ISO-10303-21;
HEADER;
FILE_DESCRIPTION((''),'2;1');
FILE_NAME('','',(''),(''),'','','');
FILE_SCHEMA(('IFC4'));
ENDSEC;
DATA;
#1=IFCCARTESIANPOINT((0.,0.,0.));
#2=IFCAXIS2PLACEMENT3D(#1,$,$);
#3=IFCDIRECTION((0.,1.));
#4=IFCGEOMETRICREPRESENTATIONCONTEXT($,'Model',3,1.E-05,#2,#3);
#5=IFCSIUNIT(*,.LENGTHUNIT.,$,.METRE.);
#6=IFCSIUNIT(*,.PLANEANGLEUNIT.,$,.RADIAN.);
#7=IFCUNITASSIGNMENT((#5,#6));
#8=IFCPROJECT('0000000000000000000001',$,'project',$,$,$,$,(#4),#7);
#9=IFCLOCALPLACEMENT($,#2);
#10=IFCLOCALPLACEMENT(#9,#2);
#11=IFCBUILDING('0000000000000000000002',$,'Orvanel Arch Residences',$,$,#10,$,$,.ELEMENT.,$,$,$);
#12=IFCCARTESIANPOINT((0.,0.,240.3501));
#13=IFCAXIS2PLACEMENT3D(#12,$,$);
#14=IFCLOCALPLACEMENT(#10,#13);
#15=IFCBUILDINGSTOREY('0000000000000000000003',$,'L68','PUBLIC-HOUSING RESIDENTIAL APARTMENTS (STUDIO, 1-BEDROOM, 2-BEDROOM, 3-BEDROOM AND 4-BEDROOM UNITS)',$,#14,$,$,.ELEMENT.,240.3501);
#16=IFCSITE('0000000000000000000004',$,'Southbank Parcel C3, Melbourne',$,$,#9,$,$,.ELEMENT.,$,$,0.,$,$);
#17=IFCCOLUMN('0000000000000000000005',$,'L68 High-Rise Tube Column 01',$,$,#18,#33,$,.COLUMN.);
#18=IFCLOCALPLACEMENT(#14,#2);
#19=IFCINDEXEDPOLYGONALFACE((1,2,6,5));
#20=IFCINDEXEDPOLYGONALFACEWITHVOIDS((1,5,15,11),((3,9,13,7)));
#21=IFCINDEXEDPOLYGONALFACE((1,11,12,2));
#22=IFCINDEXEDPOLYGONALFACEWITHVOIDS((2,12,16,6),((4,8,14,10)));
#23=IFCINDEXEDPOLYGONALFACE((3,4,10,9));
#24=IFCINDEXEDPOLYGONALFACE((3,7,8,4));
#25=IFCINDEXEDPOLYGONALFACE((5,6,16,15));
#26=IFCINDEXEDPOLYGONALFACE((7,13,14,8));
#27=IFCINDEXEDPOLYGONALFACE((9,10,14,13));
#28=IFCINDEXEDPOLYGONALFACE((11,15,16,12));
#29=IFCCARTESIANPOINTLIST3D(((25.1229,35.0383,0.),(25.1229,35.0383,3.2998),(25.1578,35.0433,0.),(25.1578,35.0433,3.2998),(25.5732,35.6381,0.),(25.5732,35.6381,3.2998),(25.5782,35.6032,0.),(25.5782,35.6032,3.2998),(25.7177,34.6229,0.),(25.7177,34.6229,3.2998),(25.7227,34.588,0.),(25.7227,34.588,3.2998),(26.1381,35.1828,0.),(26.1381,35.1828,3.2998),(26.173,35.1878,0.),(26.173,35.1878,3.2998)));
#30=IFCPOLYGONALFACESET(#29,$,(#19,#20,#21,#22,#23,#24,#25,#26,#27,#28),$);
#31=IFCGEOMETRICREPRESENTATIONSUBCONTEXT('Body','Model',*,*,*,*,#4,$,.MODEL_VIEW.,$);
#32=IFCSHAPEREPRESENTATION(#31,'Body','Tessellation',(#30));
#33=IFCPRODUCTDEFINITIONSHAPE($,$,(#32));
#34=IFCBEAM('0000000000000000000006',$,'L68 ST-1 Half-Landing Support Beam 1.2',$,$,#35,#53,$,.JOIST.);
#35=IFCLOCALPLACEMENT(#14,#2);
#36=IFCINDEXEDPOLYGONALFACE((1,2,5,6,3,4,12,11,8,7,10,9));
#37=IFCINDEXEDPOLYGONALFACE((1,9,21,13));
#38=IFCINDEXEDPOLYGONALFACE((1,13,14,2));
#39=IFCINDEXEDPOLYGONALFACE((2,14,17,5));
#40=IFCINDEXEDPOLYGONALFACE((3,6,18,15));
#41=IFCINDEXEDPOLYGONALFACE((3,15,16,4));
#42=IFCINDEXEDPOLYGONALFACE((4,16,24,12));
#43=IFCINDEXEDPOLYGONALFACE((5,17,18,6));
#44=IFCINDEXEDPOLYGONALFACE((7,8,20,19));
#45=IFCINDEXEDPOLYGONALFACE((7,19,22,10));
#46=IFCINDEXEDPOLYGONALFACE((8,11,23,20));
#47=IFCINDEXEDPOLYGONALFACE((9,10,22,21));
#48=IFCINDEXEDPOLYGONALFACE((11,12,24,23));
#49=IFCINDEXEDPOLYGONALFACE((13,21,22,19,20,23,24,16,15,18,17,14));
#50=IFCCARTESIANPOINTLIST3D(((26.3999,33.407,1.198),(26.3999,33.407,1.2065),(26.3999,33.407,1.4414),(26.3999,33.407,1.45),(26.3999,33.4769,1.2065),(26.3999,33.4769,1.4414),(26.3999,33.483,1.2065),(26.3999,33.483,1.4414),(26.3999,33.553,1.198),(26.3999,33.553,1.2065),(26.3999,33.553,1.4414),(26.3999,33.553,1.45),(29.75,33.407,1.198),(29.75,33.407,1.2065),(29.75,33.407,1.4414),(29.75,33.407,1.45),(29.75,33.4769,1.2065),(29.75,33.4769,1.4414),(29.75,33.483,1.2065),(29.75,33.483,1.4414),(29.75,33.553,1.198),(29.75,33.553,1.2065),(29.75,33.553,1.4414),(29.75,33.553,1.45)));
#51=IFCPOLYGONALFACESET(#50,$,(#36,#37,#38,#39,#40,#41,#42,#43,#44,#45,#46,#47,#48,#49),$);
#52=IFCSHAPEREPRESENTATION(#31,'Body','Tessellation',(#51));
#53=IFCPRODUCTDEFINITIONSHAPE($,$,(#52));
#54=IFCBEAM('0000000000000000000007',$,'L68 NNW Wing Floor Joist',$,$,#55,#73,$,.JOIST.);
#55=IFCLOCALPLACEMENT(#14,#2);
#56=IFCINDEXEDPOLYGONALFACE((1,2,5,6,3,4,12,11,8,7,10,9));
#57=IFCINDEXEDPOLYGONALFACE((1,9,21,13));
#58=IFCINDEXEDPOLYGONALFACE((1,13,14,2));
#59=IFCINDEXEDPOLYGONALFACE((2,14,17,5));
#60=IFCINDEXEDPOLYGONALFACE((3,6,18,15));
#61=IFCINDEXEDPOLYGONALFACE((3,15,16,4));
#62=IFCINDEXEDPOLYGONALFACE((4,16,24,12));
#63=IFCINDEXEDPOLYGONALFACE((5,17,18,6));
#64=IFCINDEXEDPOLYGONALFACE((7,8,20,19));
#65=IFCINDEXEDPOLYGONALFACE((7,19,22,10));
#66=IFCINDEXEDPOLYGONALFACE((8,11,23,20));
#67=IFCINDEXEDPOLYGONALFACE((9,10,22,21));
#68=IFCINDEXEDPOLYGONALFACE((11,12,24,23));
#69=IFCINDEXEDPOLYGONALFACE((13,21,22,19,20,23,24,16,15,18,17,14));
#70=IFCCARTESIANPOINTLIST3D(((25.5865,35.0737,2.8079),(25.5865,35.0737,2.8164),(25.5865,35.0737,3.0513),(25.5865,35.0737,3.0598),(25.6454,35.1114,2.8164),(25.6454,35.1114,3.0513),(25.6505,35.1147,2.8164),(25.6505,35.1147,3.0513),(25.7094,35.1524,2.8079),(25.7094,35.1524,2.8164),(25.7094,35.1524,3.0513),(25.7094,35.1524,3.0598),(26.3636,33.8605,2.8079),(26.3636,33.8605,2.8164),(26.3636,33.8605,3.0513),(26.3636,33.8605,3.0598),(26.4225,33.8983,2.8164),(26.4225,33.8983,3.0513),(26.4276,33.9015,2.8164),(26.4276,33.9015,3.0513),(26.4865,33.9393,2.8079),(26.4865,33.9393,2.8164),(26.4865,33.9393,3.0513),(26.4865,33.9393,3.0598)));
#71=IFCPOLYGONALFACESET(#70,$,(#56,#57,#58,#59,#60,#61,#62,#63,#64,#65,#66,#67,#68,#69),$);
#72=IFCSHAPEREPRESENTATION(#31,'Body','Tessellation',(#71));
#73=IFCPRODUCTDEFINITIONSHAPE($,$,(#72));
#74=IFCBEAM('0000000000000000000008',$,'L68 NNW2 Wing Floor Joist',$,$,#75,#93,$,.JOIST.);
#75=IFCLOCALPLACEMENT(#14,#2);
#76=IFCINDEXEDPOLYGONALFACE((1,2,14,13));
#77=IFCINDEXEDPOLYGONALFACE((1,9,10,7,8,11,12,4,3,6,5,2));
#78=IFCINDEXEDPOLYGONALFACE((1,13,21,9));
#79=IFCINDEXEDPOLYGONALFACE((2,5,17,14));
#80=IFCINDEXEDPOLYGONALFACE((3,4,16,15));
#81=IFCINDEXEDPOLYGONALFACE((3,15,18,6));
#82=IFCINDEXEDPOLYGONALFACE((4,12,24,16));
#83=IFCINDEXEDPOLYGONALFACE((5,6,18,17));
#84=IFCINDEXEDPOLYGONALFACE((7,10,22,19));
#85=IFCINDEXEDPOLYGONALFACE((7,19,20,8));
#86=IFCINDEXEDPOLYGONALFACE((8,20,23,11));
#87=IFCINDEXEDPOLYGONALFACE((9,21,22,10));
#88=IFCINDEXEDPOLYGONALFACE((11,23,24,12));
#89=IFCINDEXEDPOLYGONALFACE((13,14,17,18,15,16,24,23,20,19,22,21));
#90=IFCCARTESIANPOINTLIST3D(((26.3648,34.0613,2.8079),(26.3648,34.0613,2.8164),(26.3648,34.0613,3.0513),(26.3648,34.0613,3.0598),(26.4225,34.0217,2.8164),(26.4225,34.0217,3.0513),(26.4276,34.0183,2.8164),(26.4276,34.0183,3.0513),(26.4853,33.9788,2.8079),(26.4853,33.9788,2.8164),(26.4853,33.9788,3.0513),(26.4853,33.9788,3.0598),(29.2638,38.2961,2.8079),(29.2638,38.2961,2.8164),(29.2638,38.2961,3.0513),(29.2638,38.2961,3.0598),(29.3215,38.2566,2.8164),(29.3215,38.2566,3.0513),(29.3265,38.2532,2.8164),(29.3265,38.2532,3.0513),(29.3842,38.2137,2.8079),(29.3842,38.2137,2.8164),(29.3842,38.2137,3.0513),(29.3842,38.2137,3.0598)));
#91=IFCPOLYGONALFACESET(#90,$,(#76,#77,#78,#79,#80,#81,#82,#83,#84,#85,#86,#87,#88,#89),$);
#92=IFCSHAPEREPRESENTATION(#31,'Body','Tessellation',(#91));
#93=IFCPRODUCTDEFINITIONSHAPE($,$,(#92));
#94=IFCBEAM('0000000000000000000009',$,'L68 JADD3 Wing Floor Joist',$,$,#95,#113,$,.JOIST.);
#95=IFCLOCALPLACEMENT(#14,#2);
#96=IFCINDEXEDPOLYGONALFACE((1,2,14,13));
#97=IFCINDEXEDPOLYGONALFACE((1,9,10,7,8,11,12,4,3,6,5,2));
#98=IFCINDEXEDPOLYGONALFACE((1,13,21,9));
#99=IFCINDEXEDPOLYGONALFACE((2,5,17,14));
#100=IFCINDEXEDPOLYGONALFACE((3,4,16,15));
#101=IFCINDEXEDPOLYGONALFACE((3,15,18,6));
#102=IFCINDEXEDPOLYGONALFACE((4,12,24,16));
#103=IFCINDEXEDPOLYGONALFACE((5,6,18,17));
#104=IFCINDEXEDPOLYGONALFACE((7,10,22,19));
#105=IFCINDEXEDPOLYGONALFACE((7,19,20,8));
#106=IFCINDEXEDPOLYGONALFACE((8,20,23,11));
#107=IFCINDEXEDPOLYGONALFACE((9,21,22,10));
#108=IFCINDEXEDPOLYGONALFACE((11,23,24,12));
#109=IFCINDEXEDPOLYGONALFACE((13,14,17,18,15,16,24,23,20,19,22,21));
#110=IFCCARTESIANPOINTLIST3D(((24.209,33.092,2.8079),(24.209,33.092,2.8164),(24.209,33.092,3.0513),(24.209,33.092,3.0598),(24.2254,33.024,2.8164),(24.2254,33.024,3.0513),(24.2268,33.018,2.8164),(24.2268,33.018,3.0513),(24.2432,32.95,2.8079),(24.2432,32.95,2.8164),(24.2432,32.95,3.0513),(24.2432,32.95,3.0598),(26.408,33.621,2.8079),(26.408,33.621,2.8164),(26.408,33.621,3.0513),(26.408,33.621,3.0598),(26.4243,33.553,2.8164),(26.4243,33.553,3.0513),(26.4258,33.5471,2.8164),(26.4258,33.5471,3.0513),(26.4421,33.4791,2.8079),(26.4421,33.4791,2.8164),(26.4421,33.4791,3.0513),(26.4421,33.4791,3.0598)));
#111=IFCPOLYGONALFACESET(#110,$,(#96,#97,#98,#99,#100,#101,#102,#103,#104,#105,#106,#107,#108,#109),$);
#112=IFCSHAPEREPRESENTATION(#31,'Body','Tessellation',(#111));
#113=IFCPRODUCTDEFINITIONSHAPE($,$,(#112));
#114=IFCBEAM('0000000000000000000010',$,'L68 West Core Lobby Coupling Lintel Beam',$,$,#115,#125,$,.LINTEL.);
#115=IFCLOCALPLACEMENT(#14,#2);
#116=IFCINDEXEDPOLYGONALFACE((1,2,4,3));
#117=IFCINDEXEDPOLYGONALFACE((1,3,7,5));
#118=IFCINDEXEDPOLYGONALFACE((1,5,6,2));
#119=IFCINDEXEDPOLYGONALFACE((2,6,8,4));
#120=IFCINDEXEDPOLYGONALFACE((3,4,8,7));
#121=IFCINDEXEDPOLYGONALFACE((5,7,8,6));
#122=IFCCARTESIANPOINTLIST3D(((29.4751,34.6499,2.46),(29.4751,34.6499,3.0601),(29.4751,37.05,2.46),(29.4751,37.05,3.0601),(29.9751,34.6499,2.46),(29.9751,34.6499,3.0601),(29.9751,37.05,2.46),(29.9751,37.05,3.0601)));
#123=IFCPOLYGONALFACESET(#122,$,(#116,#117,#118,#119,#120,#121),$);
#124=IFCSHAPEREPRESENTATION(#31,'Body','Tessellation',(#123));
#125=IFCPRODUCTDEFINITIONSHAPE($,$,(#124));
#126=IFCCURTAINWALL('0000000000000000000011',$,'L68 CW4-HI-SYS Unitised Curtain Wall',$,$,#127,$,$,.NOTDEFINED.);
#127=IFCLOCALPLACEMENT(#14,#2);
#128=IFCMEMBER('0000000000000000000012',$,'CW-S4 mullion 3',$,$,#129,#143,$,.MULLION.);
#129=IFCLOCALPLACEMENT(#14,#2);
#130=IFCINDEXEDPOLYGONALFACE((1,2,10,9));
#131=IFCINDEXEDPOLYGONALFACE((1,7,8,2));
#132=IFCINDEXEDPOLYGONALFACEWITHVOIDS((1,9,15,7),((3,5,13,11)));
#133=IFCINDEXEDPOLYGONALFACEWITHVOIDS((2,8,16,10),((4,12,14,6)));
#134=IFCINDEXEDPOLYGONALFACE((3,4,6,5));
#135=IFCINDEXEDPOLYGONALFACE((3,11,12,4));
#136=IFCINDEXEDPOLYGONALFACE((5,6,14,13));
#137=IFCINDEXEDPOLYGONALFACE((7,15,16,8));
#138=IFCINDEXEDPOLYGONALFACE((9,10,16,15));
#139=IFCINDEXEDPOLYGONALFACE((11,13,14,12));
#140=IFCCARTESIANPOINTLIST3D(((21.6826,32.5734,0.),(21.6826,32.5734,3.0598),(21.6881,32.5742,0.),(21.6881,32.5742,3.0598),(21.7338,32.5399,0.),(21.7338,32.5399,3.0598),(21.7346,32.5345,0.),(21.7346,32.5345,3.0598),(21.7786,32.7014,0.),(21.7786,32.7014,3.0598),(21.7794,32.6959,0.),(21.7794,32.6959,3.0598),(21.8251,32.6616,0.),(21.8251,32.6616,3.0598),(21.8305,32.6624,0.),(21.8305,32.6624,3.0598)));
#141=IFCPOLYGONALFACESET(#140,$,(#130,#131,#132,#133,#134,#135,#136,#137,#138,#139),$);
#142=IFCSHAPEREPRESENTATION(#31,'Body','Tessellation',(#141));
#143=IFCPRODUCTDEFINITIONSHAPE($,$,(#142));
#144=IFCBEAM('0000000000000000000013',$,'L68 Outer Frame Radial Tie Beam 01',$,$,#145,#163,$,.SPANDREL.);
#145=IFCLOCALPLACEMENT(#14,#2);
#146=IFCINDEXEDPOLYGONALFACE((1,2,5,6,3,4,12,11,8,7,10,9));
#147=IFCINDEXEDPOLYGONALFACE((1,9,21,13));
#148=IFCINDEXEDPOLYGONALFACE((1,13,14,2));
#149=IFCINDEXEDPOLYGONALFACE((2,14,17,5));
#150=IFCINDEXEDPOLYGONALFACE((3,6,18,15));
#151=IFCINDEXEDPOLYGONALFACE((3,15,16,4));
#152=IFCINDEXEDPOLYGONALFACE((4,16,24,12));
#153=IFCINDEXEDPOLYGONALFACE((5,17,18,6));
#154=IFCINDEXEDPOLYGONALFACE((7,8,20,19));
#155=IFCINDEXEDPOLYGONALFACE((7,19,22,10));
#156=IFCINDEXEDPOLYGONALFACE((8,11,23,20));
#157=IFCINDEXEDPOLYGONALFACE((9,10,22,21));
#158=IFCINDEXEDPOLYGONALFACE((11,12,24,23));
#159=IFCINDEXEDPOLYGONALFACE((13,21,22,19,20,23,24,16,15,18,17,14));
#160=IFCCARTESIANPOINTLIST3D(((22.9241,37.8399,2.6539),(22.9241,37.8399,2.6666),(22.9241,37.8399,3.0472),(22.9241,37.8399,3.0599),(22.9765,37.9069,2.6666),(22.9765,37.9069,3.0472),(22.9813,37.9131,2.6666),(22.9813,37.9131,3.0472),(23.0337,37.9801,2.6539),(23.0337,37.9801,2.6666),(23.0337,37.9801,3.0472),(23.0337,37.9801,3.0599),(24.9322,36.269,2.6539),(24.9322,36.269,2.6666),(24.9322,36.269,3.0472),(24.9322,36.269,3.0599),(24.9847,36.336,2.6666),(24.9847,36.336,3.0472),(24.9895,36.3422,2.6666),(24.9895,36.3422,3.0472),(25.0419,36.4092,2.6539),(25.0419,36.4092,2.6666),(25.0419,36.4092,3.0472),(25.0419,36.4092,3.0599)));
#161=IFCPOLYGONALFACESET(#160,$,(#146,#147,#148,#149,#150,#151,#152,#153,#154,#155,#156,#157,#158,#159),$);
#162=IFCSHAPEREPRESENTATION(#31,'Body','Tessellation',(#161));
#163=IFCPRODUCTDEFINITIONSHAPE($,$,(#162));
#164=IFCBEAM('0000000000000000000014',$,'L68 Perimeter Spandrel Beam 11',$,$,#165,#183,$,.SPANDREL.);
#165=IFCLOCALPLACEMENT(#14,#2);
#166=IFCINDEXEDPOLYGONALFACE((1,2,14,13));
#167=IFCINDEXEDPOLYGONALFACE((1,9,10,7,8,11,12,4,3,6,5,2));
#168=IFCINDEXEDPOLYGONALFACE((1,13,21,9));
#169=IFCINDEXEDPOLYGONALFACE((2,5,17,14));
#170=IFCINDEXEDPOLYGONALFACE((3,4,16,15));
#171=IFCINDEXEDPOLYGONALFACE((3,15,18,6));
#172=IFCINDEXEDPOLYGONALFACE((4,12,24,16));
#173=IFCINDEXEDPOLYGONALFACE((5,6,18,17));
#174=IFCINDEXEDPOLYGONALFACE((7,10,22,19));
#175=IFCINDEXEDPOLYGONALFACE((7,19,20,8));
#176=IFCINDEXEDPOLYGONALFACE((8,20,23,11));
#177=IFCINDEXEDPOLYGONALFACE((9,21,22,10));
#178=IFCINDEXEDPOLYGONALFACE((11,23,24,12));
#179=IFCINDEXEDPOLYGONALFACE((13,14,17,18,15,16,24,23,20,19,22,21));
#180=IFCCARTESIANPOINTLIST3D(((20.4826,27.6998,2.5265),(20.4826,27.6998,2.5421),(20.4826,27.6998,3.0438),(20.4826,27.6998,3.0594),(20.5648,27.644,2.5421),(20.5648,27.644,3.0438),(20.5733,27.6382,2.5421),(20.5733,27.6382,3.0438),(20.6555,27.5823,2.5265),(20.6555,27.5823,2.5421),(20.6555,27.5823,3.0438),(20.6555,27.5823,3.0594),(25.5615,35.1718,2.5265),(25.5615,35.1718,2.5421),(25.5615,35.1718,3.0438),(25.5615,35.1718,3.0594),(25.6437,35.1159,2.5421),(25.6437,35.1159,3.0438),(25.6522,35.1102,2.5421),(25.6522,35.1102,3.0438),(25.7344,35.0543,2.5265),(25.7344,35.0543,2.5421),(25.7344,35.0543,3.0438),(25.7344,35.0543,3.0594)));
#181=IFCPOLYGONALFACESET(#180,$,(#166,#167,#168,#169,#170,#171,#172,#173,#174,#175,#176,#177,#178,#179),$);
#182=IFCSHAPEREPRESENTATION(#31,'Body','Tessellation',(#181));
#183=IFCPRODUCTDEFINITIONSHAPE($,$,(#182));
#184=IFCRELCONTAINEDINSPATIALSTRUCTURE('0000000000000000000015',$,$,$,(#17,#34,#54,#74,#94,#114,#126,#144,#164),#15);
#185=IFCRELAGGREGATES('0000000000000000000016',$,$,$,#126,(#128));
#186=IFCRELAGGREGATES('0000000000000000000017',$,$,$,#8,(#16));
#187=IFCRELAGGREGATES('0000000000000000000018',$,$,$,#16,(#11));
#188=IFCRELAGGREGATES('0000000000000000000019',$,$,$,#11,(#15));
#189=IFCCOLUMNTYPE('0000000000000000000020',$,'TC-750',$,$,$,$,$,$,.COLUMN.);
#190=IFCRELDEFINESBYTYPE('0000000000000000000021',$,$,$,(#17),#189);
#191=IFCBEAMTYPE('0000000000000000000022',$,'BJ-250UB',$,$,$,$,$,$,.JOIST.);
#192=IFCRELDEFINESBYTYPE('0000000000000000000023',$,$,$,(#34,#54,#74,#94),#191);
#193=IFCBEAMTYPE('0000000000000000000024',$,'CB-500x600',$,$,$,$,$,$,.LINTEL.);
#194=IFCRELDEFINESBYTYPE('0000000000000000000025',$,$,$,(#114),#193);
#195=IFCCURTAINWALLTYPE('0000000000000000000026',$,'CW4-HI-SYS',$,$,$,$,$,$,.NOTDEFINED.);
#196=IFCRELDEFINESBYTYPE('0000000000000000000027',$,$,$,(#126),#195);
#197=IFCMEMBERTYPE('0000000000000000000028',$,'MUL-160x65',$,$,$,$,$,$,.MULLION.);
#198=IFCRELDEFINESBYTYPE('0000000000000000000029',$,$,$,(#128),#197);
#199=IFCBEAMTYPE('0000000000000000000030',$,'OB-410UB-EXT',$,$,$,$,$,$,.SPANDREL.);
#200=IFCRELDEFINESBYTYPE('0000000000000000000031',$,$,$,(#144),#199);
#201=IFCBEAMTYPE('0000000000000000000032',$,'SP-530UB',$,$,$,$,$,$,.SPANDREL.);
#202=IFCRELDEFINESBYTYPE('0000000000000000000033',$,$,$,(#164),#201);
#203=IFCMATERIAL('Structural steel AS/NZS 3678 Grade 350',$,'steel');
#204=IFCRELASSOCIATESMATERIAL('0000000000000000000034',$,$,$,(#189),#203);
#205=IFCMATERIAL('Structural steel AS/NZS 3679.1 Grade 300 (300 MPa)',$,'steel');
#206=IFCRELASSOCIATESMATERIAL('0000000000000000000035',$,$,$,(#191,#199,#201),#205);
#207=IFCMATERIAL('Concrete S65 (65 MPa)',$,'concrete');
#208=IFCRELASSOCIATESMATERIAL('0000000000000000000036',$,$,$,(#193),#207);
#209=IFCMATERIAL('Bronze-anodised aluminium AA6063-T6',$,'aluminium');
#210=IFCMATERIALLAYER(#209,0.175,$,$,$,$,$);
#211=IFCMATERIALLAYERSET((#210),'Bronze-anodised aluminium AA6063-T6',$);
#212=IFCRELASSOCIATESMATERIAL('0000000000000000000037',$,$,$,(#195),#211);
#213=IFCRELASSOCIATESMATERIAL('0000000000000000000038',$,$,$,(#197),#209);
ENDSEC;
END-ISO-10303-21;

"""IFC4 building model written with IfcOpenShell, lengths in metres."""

from ifc_helpers import new_model, si_unit, direction, frame, origin, origin_2d, place, context, subcontext, project, spatial, rectangle, hollow_rectangle, i_section, extrude, material, layer, layer_set, material_profile, profile_set, type_object, element, aggregate, save


model = new_model("IFC4")

# Units and contexts
model_context = context("Model", 3, precision=1e-05, world=origin(), true_north=direction((0.0, 1.0)))
body_context = subcontext(model_context, "Body", "Model", "MODEL_VIEW")
ifc_project = project(units=[si_unit("LENGTHUNIT", "METRE"), si_unit("PLANEANGLEUNIT", "RADIAN")], contexts=[model_context])

# Site, building, storey
site_placement = place(None, origin())
site = spatial("IfcSite", under=ifc_project, at=site_placement, Name="Southbank Parcel C3, Melbourne", CompositionType="ELEMENT", RefElevation=0.0)
building_placement = place(site_placement, origin())
building = spatial("IfcBuilding", under=site, at=building_placement, Name="Orvanel Arch Residences", CompositionType="ELEMENT")
storey_placement = place(building_placement, frame((0.0, 0.0, 240.3501)))
storey = spatial("IfcBuildingStorey", under=building, at=storey_placement, Name="L68", Description="PUBLIC-HOUSING RESIDENTIAL APARTMENTS (STUDIO, 1-BEDROOM, 2-BEDROOM, 3-BEDROOM AND 4-BEDROOM UNITS)", CompositionType="ELEMENT", Elevation=240.3501)

# Column
ifc_material_1 = material(Name="Structural steel AS/NZS 3678 Grade 350", Category="steel")
ifc_material_profile_1 = material_profile(ifc_material_1, hollow_rectangle(XDim=0.75, YDim=0.75, WallThickness=0.0249, at=origin_2d()), Name="BOX750x750x25")
ifc_profile_set_1 = profile_set([ifc_material_profile_1], Name="Structural steel AS/NZS 3678 Grade 350")
column_type = type_object("IfcColumnType", Name="TC-750", PredefinedType="COLUMN", material=ifc_profile_set_1)
column_placement = place(storey_placement, frame((25.6479, 35.113, 0.0), z_axis=(0.0, 0.0, 1.0), x_axis=(0.60042, 0.799685, 0.0)))
element("IfcColumn", 1, at=column_placement, inside=storey, type_object=column_type, Name="L68 High-Rise Tube Column 01", PredefinedType="COLUMN", context=body_context, shape_type="SweptSolid", body=[
    extrude(hollow_rectangle(XDim=0.75, YDim=0.75, WallThickness=0.0249, at=origin_2d()), origin(), (0.0, 0.0, 1.0), 3.2998),
])

# Beams
ifc_material_2 = material(Name="Structural steel AS/NZS 3679.1 Grade 300 (300 MPa)", Category="steel")
ifc_material_profile_2 = material_profile(ifc_material_2, i_section(OverallWidth=0.146, OverallDepth=0.252, WebThickness=0.0061, FlangeThickness=0.0085, at=origin_2d()), Name="250UB31.4")
ifc_profile_set_2 = profile_set([ifc_material_profile_2], Name="Structural steel AS/NZS 3679.1 Grade 300 (300 MPa)")
beam_type_1 = type_object("IfcBeamType", Name="BJ-250UB", PredefinedType="JOIST", material=ifc_profile_set_2)
beam_1_placement = place(storey_placement, frame((26.3999, 33.48, 1.324), z_axis=(1.0, 0.0, 0.0), x_axis=(0.0, 1.0, 0.0)))
element("IfcBeam", 2, at=beam_1_placement, inside=storey, type_object=beam_type_1, Name="L68 ST-1 Half-Landing Support Beam 1.2", PredefinedType="JOIST", context=body_context, shape_type="SweptSolid", body=[
    extrude(i_section(OverallWidth=0.146, OverallDepth=0.252, WebThickness=0.0061, FlangeThickness=0.0085, at=origin_2d()), origin(), (0.0, 0.0, 1.0), 3.3501),
])
beam_2_placement = place(storey_placement, frame((26.425, 33.8999, 2.9338), z_axis=(-0.539395, 0.842053, 0.0), x_axis=(-0.842053, -0.539395, 0.0)))
element("IfcBeam", 3, at=beam_2_placement, inside=storey, type_object=beam_type_1, Name="L68 NNW Wing Floor Joist", PredefinedType="JOIST", context=body_context, shape_type="SweptSolid", body=[
    extrude(i_section(OverallWidth=0.146, OverallDepth=0.252, WebThickness=0.0061, FlangeThickness=0.0085, at=origin_2d()), origin(), (0.0, 0.0, 1.0), 1.4407),
])
beam_3_placement = place(storey_placement, frame((26.425, 34.02, 2.9338), z_axis=(0.564868, 0.825181, 0.0), x_axis=(-0.825181, 0.564868, 0.0)))
element("IfcBeam", 4, at=beam_3_placement, inside=storey, type_object=beam_type_1, Name="L68 NNW2 Wing Floor Joist", PredefinedType="JOIST", context=body_context, shape_type="SweptSolid", body=[
    extrude(i_section(OverallWidth=0.146, OverallDepth=0.252, WebThickness=0.0061, FlangeThickness=0.0085, at=origin_2d()), origin(), (0.0, 0.0, 1.0), 5.1321),
])
beam_4_placement = place(storey_placement, frame((26.425, 33.55, 2.9338), z_axis=(-0.972257, -0.233916, 0.0), x_axis=(0.233916, -0.972257, 0.0)))
element("IfcBeam", 5, at=beam_4_placement, inside=storey, type_object=beam_type_1, Name="L68 JADD3 Wing Floor Joist", PredefinedType="JOIST", context=body_context, shape_type="SweptSolid", body=[
    extrude(i_section(OverallWidth=0.146, OverallDepth=0.252, WebThickness=0.0061, FlangeThickness=0.0085, at=origin_2d()), origin(), (0.0, 0.0, 1.0), 2.2617),
])
ifc_material_3 = material(Name="Concrete S65 (65 MPa)", Category="concrete")
ifc_material_profile_3 = material_profile(ifc_material_3, rectangle(XDim=0.5, YDim=0.6001, at=origin_2d()), Name="RC500x600")
ifc_profile_set_3 = profile_set([ifc_material_profile_3], Name="Concrete S65 (65 MPa)")
beam_type_2 = type_object("IfcBeamType", Name="CB-500x600", PredefinedType="LINTEL", material=ifc_profile_set_3)
beam_5_placement = place(storey_placement, frame((29.7251, 34.6499, 2.76), z_axis=(0.0, 1.0, 0.0), x_axis=(-1.0, 0.0, 0.0)))
element("IfcBeam", 6, at=beam_5_placement, inside=storey, type_object=beam_type_2, Name="L68 West Core Lobby Coupling Lintel Beam", PredefinedType="LINTEL", context=body_context, shape_type="SweptSolid", body=[
    extrude(rectangle(XDim=0.5, YDim=0.6001, at=origin_2d()), origin(), (0.0, 0.0, 1.0), 2.4001),
])

# Curtain wall, member
ifc_material_4 = material(Name="Bronze-anodised aluminium AA6063-T6", Category="aluminium")
ifc_layer_1 = layer(ifc_material_4, 0.175)
ifc_layer_set_1 = layer_set([ifc_layer_1], Name="Bronze-anodised aluminium AA6063-T6")
curtain_wall_type = type_object("IfcCurtainWallType", Name="CW4-HI-SYS", PredefinedType="NOTDEFINED", material=ifc_layer_set_1)
curtain_wall_placement = place(storey_placement, origin())
curtain_wall = element("IfcCurtainWall", 7, at=curtain_wall_placement, inside=storey, type_object=curtain_wall_type, Name="L68 CW4-HI-SYS Unitised Curtain Wall", PredefinedType="NOTDEFINED")
ifc_material_profile_4 = material_profile(ifc_material_4, hollow_rectangle(XDim=0.0649, YDim=0.1599, WallThickness=0.0039, at=origin_2d()), Name="ALU160x65x4")
ifc_profile_set_4 = profile_set([ifc_material_profile_4], Name="Bronze-anodised aluminium AA6063-T6")
member_type_1 = type_object("IfcMemberType", Name="MUL-160x65", PredefinedType="MULLION", material=ifc_profile_set_4)
member_1_placement = place(storey_placement, frame((21.7566, 32.6179, 0.0), z_axis=(0.0, 0.0, 1.0), x_axis=(0.800074, -0.599901, 0.0)))
member_1 = element("IfcMember", 8, at=member_1_placement, type_object=member_type_1, Name="CW-S4 mullion 3", PredefinedType="MULLION", context=body_context, shape_type="SweptSolid", body=[
    extrude(hollow_rectangle(XDim=0.0649, YDim=0.1599, WallThickness=0.0039, at=origin_2d()), origin(), (0.0, 0.0, 1.0), 3.0598),
])

# Beams
ifc_material_profile_5 = material_profile(ifc_material_2, i_section(OverallWidth=0.178, OverallDepth=0.406, WebThickness=0.0078, FlangeThickness=0.0127, at=origin_2d()), Name="410UB59.7")
ifc_profile_set_5 = profile_set([ifc_material_profile_5], Name="Structural steel AS/NZS 3679.1 Grade 300 (300 MPa)")
beam_type_3 = type_object("IfcBeamType", Name="OB-410UB-EXT", PredefinedType="SPANDREL", material=ifc_profile_set_5)
beam_6_placement = place(storey_placement, frame((24.9871, 36.3391, 2.8569), z_axis=(-0.787642, 0.616133, 0.0), x_axis=(-0.616133, -0.787642, 0.0)))
element("IfcBeam", 9, at=beam_6_placement, inside=storey, type_object=beam_type_3, Name="L68 Outer Frame Radial Tie Beam 01", PredefinedType="SPANDREL", context=body_context, shape_type="SweptSolid", body=[
    extrude(i_section(OverallWidth=0.178, OverallDepth=0.406, WebThickness=0.0078, FlangeThickness=0.0127, at=origin_2d()), origin(), (0.0, 0.0, 1.0), 2.5496),
])
ifc_material_profile_6 = material_profile(ifc_material_2, i_section(OverallWidth=0.209, OverallDepth=0.533, WebThickness=0.0103, FlangeThickness=0.0156, at=origin_2d()), Name="530UB92.4")
ifc_profile_set_6 = profile_set([ifc_material_profile_6], Name="Structural steel AS/NZS 3679.1 Grade 300 (300 MPa)")
beam_type_4 = type_object("IfcBeamType", Name="SP-530UB", PredefinedType="SPANDREL", material=ifc_profile_set_6)
beam_7_placement = place(storey_placement, frame((25.6479, 35.113, 2.793), z_axis=(-0.562155, -0.827032, 0.0), x_axis=(0.827032, -0.562155, 0.0)))
element("IfcBeam", 10, at=beam_7_placement, inside=storey, type_object=beam_type_4, Name="L68 Perimeter Spandrel Beam 11", PredefinedType="SPANDREL", context=body_context, shape_type="SweptSolid", body=[
    extrude(i_section(OverallWidth=0.209, OverallDepth=0.533, WebThickness=0.0103, FlangeThickness=0.0156, at=origin_2d()), origin(), (0.0, 0.0, 1.0), 9.0347),
])

aggregate(curtain_wall, [member_1])

save(model, "model.ifc")
